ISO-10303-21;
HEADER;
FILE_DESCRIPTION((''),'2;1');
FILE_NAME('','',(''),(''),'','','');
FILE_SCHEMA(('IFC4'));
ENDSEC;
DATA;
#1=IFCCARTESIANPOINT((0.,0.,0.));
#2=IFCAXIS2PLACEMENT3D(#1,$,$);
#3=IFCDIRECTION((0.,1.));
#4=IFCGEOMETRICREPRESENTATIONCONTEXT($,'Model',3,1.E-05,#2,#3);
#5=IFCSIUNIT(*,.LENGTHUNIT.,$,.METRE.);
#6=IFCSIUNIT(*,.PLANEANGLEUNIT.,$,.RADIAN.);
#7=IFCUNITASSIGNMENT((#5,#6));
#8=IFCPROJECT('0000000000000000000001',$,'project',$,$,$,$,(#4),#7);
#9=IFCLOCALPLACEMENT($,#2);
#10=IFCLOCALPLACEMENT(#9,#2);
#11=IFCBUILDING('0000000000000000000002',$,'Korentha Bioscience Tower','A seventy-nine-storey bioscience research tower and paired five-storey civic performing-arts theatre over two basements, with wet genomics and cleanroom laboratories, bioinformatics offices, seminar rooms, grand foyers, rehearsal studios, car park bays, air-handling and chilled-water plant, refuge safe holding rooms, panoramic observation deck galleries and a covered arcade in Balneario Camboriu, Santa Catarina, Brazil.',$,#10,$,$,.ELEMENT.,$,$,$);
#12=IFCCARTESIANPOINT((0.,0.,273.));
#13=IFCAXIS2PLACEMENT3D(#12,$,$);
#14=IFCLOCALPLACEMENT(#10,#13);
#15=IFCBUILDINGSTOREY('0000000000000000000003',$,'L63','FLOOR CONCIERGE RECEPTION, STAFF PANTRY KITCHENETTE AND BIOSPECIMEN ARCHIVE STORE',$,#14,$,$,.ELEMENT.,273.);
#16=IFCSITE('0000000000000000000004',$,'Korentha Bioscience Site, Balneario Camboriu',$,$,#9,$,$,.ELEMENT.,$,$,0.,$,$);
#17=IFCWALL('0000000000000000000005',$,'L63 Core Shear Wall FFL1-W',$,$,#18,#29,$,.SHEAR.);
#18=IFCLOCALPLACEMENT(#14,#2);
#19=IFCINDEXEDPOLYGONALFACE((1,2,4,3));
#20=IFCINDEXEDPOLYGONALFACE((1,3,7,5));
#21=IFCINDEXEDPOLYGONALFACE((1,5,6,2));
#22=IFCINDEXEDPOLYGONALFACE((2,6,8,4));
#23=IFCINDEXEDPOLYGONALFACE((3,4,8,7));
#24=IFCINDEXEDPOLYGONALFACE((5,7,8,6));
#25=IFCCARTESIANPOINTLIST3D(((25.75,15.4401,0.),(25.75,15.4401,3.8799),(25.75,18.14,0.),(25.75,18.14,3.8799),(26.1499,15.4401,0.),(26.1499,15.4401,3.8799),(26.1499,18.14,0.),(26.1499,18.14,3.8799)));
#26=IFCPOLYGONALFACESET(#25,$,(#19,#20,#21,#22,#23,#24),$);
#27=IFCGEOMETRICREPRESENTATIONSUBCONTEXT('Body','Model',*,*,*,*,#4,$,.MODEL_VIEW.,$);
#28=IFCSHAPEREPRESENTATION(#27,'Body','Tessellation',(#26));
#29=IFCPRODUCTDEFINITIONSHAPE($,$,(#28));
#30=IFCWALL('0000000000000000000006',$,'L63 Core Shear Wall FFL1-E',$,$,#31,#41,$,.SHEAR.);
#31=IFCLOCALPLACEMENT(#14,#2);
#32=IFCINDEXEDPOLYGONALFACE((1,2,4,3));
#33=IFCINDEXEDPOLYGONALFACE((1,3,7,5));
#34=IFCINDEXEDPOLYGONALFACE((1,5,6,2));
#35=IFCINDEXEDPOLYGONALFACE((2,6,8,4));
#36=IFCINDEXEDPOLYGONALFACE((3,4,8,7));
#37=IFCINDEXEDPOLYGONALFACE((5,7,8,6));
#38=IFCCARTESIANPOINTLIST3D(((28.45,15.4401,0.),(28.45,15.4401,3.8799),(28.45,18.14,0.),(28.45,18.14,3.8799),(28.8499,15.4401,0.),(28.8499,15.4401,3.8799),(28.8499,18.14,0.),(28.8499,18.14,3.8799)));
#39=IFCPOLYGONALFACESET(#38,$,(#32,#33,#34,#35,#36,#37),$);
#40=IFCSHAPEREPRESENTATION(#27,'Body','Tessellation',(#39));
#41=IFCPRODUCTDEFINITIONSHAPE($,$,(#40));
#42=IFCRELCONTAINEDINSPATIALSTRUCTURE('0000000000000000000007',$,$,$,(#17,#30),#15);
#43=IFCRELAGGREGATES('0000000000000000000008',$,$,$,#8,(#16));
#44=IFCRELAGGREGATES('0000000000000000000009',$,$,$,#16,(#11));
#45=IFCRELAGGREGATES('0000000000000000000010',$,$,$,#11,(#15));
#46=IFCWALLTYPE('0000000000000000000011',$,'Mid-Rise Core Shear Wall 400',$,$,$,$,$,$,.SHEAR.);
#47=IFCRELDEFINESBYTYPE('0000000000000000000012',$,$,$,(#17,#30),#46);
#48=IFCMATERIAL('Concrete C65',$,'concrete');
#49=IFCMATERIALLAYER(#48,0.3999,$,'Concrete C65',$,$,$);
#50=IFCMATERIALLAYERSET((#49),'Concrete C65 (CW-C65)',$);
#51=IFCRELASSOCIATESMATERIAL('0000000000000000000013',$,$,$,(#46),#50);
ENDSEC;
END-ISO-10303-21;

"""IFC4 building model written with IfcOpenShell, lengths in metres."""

from ifc_helpers import new_model, si_unit, direction, frame, frame_2d, origin, place, context, subcontext, project, spatial, rectangle, extrude, material, layer, layer_set, type_object, element, save


model = new_model("IFC4")

# Units and contexts
model_context = context("Model", 3, precision=1e-05, world=origin(), true_north=direction((0.0, 1.0)))
body_context = subcontext(model_context, "Body", "Model", "MODEL_VIEW")
ifc_project = project(units=[si_unit("LENGTHUNIT", "METRE"), si_unit("PLANEANGLEUNIT", "RADIAN")], contexts=[model_context])

# Site, building, storey
site_placement = place(None, origin())
site = spatial("IfcSite", under=ifc_project, at=site_placement, Name="Korentha Bioscience Site, Balneario Camboriu", CompositionType="ELEMENT", RefElevation=0.0)
building_placement = place(site_placement, origin())
building = spatial("IfcBuilding", under=site, at=building_placement, Name="Korentha Bioscience Tower", Description="A seventy-nine-storey bioscience research tower and paired five-storey civic performing-arts theatre over two basements, with wet genomics and cleanroom laboratories, bioinformatics offices, seminar rooms, grand foyers, rehearsal studios, car park bays, air-handling and chilled-water plant, refuge safe holding rooms, panoramic observation deck galleries and a covered arcade in Balneario Camboriu, Santa Catarina, Brazil.", CompositionType="ELEMENT")
storey_placement = place(building_placement, frame((0.0, 0.0, 273.0)))
storey = spatial("IfcBuildingStorey", under=building, at=storey_placement, Name="L63", Description="FLOOR CONCIERGE RECEPTION, STAFF PANTRY KITCHENETTE AND BIOSPECIMEN ARCHIVE STORE", CompositionType="ELEMENT", Elevation=273.0)

# Shared definitions
ifc_material_1 = material(Name="Concrete C65", Category="concrete")

# Walls
ifc_layer_1 = layer(ifc_material_1, 0.3999, Name="Concrete C65")
ifc_layer_set_1 = layer_set([ifc_layer_1], Name="Concrete C65 (CW-C65)")
wall_type_1 = type_object("IfcWallType", Name="Mid-Rise Core Shear Wall 400", PredefinedType="SHEAR", material=ifc_layer_set_1)
for number, where, z_axis, x_axis, name in (
    (1, (25.95, 15.4399, 0.0), (0.0, 0.0, 1.0), (0.0, 1.0, 0.0), "L63 Core Shear Wall FFL1-W"),
    (2, (28.6499, 15.4399, 0.0), (0.0, 0.0, 1.0), (0.0, 1.0, 0.0), "L63 Core Shear Wall FFL1-E"),
):
    element("IfcWall", number, at=place(storey_placement, frame(where, z_axis=z_axis, x_axis=x_axis)), inside=storey, type_object=wall_type_1, Name=name, PredefinedType="SHEAR", context=body_context, shape_type="SweptSolid", body=[
        extrude(rectangle(XDim=2.7, YDim=0.3999, at=frame_2d((1.3501, 0.0))), origin(), (0.0, 0.0, 1.0), 3.8799),
    ])

save(model, "model.ifc")
